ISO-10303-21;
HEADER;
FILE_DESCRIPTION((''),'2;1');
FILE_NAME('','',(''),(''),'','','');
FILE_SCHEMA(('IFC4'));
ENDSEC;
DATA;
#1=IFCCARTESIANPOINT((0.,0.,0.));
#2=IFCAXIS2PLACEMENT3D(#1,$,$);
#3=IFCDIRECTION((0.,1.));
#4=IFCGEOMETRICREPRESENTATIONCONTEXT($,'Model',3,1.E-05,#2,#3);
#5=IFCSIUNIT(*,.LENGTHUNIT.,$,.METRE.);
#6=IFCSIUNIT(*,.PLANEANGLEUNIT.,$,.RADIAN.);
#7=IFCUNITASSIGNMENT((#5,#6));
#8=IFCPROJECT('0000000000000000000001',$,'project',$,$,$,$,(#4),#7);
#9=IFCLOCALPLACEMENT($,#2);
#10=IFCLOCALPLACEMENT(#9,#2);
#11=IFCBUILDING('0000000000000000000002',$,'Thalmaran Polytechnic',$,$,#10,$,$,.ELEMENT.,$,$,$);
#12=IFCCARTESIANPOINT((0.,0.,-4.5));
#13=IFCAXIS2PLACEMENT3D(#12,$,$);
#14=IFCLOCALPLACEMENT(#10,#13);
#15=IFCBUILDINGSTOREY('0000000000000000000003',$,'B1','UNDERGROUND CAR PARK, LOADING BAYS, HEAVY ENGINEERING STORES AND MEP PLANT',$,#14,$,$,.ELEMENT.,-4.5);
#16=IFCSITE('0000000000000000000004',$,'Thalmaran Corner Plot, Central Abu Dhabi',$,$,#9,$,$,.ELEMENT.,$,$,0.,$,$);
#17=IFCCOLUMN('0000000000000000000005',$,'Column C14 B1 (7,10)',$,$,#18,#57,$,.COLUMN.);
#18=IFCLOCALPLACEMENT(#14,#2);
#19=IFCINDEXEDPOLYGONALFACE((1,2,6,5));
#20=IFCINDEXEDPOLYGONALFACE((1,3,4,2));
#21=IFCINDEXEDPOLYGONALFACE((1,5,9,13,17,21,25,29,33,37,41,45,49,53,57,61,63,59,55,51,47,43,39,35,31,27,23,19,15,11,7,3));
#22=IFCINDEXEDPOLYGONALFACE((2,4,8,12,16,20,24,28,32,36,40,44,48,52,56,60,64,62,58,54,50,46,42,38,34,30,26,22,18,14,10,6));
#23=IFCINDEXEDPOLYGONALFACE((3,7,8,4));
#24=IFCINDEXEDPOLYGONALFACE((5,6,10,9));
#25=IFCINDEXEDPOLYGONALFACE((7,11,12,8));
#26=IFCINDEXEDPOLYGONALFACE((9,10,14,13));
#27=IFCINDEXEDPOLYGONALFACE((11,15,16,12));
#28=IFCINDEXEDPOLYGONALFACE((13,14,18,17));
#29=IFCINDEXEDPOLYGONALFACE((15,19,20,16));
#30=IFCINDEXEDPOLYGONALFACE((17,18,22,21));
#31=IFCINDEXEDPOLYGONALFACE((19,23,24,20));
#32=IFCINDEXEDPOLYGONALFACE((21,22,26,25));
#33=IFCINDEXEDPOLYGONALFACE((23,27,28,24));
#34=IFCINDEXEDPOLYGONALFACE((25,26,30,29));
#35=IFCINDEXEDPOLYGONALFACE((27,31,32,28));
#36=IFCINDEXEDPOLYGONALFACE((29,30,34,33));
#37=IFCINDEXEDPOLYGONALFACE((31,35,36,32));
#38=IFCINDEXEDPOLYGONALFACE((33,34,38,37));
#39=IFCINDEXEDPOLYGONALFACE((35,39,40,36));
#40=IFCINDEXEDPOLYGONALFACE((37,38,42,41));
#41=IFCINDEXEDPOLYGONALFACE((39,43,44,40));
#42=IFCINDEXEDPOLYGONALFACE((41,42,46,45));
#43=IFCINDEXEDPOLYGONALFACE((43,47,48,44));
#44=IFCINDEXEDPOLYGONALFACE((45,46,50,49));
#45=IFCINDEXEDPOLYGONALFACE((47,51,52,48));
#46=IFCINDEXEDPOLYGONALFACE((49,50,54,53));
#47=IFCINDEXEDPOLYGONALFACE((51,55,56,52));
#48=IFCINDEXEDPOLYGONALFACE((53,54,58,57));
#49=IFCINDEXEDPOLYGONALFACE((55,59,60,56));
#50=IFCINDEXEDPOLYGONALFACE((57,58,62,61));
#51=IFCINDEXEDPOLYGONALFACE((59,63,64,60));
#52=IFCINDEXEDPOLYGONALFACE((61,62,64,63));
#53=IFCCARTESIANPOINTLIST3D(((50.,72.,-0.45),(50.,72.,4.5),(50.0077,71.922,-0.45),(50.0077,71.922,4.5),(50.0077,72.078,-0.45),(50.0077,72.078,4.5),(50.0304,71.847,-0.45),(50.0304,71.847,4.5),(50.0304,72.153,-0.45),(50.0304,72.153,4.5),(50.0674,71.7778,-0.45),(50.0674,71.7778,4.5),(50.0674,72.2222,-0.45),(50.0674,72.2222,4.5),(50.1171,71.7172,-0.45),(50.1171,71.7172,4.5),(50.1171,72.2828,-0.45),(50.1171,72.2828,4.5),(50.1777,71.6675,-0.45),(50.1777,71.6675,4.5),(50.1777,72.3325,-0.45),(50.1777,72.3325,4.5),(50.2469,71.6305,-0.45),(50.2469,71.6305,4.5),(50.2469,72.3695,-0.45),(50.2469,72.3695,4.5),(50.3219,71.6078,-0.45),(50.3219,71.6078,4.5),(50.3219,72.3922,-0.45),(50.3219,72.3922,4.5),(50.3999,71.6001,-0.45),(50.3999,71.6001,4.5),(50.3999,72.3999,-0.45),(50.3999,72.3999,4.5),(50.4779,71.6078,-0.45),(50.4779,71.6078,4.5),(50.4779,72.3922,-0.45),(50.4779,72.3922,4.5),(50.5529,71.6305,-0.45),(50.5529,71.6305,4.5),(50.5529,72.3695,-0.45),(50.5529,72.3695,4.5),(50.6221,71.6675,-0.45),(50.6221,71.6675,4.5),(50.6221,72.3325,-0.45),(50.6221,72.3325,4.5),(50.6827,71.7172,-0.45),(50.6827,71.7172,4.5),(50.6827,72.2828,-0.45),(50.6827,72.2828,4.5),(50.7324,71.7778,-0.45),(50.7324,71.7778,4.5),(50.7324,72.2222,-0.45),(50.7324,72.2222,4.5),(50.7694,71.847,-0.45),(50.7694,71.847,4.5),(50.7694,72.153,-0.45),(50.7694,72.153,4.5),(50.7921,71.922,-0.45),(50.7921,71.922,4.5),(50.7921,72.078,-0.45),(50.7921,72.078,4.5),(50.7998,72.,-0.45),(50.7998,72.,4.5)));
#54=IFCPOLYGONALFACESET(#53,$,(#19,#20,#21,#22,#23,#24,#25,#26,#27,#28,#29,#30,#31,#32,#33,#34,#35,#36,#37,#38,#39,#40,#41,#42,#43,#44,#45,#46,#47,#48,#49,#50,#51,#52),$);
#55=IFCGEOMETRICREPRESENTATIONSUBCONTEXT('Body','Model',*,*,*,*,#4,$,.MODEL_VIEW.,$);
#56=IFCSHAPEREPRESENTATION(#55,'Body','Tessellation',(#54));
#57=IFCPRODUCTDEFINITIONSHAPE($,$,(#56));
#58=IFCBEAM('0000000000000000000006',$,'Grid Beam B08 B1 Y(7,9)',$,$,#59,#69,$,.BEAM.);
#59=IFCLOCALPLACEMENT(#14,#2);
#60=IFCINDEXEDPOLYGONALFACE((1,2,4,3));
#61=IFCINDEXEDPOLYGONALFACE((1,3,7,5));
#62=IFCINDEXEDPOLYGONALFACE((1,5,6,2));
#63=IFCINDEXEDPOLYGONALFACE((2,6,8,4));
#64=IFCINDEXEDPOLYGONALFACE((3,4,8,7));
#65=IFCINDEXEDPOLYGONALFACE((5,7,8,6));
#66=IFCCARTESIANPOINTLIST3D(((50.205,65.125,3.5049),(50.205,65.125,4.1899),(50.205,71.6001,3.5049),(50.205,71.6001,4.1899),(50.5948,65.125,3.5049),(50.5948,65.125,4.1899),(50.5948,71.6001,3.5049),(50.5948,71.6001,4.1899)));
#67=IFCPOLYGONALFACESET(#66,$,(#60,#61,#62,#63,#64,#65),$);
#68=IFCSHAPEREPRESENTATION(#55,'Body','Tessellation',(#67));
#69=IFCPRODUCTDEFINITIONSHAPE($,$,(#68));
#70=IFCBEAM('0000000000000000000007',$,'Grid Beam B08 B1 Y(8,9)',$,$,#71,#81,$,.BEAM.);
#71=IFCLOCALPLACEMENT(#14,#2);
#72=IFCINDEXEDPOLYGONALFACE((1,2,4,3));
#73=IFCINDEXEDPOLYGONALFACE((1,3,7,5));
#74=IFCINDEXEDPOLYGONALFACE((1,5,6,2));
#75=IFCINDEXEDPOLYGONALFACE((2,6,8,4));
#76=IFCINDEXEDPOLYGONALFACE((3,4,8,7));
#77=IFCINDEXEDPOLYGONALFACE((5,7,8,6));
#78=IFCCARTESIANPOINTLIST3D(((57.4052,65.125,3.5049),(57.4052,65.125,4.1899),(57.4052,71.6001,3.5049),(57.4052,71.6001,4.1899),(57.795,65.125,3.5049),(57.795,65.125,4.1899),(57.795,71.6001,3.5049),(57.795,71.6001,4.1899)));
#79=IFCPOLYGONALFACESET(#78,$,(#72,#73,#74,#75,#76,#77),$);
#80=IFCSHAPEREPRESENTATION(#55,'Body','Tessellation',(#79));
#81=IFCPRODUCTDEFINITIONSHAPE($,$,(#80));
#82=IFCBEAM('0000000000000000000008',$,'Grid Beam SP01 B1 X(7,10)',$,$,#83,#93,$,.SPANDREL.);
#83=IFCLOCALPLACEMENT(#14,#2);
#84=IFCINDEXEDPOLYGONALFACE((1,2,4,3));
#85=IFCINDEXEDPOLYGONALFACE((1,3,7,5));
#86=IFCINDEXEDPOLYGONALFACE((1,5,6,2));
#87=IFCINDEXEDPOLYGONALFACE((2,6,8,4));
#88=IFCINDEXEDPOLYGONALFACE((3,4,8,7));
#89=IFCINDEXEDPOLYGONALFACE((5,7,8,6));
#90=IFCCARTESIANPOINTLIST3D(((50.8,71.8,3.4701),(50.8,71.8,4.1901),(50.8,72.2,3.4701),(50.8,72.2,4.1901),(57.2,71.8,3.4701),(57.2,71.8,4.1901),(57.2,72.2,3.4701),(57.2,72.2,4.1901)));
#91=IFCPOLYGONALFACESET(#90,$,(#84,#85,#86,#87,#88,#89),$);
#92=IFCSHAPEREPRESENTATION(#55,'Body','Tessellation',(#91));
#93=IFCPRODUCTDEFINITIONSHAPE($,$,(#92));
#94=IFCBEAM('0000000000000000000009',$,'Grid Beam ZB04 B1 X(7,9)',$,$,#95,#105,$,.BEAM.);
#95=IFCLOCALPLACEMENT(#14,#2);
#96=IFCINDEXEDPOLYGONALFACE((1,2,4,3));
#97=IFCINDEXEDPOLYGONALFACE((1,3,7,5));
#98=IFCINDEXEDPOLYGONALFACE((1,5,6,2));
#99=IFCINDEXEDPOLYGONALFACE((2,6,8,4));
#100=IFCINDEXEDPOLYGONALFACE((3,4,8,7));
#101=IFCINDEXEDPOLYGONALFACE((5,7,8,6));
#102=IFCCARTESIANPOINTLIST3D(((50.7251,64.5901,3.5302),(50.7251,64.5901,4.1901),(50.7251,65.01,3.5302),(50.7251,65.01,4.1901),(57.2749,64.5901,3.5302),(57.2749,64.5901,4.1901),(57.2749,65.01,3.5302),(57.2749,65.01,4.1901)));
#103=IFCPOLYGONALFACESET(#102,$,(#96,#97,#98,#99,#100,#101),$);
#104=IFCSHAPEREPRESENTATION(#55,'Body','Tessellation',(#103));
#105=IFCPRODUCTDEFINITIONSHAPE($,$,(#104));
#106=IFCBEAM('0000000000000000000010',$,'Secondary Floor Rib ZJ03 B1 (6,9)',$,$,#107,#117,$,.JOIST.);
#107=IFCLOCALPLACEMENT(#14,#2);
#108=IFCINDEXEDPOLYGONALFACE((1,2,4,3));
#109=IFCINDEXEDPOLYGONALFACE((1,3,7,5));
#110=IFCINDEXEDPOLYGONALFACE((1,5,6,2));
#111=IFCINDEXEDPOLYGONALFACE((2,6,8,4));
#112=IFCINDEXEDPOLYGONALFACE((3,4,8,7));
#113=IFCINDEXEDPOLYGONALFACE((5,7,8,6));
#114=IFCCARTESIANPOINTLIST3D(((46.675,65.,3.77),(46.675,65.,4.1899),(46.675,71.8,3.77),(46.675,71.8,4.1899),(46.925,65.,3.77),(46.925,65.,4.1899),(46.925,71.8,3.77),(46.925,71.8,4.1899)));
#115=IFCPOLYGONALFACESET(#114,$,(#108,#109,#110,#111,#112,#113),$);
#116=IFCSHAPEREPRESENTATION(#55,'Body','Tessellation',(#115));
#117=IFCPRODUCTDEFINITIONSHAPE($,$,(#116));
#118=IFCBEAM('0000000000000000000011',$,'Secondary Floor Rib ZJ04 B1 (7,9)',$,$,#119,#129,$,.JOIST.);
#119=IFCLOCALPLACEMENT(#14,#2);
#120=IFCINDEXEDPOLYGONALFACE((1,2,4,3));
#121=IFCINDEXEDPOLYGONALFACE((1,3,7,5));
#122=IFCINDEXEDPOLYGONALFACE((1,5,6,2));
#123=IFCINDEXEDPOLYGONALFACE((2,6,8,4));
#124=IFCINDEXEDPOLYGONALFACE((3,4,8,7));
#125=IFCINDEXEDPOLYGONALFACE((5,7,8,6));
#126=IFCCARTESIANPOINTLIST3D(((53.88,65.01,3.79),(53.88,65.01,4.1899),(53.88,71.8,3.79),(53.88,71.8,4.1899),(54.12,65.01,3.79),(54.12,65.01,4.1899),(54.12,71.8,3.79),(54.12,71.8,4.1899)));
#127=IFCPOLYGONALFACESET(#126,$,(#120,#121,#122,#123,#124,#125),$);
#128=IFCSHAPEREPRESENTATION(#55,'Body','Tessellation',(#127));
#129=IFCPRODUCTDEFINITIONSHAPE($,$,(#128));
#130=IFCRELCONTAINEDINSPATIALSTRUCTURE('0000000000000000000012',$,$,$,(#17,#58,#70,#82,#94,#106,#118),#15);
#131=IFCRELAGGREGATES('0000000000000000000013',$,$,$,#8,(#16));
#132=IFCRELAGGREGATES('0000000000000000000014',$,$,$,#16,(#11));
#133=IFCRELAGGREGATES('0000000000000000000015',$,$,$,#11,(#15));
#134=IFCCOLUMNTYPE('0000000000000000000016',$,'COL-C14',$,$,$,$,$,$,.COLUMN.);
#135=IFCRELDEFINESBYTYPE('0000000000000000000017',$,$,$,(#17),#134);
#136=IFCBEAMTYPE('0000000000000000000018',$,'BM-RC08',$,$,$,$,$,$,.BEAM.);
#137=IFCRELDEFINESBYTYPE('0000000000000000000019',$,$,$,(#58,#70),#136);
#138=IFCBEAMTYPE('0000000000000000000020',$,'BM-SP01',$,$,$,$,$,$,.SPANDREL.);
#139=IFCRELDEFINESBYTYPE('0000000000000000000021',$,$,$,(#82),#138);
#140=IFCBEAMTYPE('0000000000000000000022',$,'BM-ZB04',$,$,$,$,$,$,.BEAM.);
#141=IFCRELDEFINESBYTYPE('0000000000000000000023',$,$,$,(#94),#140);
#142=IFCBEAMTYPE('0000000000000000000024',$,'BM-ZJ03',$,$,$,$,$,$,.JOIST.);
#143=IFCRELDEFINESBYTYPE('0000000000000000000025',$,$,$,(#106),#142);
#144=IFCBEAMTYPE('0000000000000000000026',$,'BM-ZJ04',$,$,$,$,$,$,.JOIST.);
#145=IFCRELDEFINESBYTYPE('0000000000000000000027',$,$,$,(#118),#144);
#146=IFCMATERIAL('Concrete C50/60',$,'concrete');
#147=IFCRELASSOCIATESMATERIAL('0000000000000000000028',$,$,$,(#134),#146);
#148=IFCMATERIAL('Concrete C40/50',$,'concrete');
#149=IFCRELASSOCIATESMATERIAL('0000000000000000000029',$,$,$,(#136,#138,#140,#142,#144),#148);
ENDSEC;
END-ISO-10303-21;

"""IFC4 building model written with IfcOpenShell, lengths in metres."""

from ifc_helpers import new_model, si_unit, direction, frame, origin, origin_2d, place, context, subcontext, project, spatial, rectangle, circle, extrude, material, material_profile, profile_set, type_object, element, save


model = new_model("IFC4")

# Units and contexts
model_context = context("Model", 3, precision=1e-05, world=origin(), true_north=direction((0.0, 1.0)))
body_context = subcontext(model_context, "Body", "Model", "MODEL_VIEW")
ifc_project = project(units=[si_unit("LENGTHUNIT", "METRE"), si_unit("PLANEANGLEUNIT", "RADIAN")], contexts=[model_context])

# Site, building, storey
site_placement = place(None, origin())
site = spatial("IfcSite", under=ifc_project, at=site_placement, Name="Thalmaran Corner Plot, Central Abu Dhabi", CompositionType="ELEMENT", RefElevation=0.0)
building_placement = place(site_placement, origin())
building = spatial("IfcBuilding", under=site, at=building_placement, Name="Thalmaran Polytechnic", CompositionType="ELEMENT")
storey_placement = place(building_placement, frame((0.0, 0.0, -4.5)))
storey = spatial("IfcBuildingStorey", under=building, at=storey_placement, Name="B1", Description="UNDERGROUND CAR PARK, LOADING BAYS, HEAVY ENGINEERING STORES AND MEP PLANT", CompositionType="ELEMENT", Elevation=-4.5)

# Shared definitions
ifc_material_1 = material(Name="Concrete C40/50", Category="concrete")

# Column
ifc_material_2 = material(Name="Concrete C50/60", Category="concrete")
ifc_material_profile_1 = material_profile(ifc_material_2, circle(Radius=0.3999, at=origin_2d()), Name="RC 800 DIA")
ifc_profile_set_1 = profile_set([ifc_material_profile_1], Name="Concrete C50/60")
column_type_1 = type_object("IfcColumnType", Name="COL-C14", PredefinedType="COLUMN", material=ifc_profile_set_1)
column_placement = place(storey_placement, frame((50.3999, 72.0, -0.45), z_axis=(0.0, 0.0, 1.0), x_axis=(1.0, 0.0, 0.0)))
element("IfcColumn", 1, at=column_placement, inside=storey, type_object=column_type_1, Name="Column C14 B1 (7,10)", PredefinedType="COLUMN", context=body_context, shape_type="SweptSolid", body=[
    extrude(circle(Radius=0.3999, at=origin_2d()), origin(), (0.0, 0.0, 1.0), 4.95),
])

# Beams
ifc_material_profile_2 = material_profile(ifc_material_1, rectangle(XDim=0.3899, YDim=0.6851, at=origin_2d()), Name="RC 390x685")
ifc_profile_set_2 = profile_set([ifc_material_profile_2], Name="Concrete C40/50")
beam_type_1 = type_object("IfcBeamType", Name="BM-RC08", PredefinedType="BEAM", material=ifc_profile_set_2)
for number, where, z_axis, x_axis, name in (
    (2, (50.3999, 65.125, 3.8474), (0.0, 1.0, 0.0), (-1.0, 0.0, 0.0), "Grid Beam B08 B1 Y(7,9)"),
    (3, (57.6001, 65.125, 3.8474), (0.0, 1.0, 0.0), (-1.0, 0.0, 0.0), "Grid Beam B08 B1 Y(8,9)"),
):
    element("IfcBeam", number, at=place(storey_placement, frame(where, z_axis=z_axis, x_axis=x_axis)), inside=storey, type_object=beam_type_1, Name=name, PredefinedType="BEAM", context=body_context, shape_type="SweptSolid", body=[
        extrude(rectangle(XDim=0.3899, YDim=0.6851, at=origin_2d()), origin(), (0.0, 0.0, 1.0), 6.4751),
    ])
ifc_material_profile_3 = material_profile(ifc_material_1, rectangle(XDim=0.3999, YDim=0.72, at=origin_2d()), Name="RC 400x720")
ifc_profile_set_3 = profile_set([ifc_material_profile_3], Name="Concrete C40/50")
beam_type_2 = type_object("IfcBeamType", Name="BM-SP01", PredefinedType="SPANDREL", material=ifc_profile_set_3)
beam_1_placement = place(storey_placement, frame((50.8, 72.0, 3.8301), z_axis=(1.0, 0.0, 0.0), x_axis=(0.0, 1.0, 0.0)))
element("IfcBeam", 4, at=beam_1_placement, inside=storey, type_object=beam_type_2, Name="Grid Beam SP01 B1 X(7,10)", PredefinedType="SPANDREL", context=body_context, shape_type="SweptSolid", body=[
    extrude(rectangle(XDim=0.3999, YDim=0.72, at=origin_2d()), origin(), (0.0, 0.0, 1.0), 6.3999),
])
ifc_material_profile_4 = material_profile(ifc_material_1, rectangle(XDim=0.4199, YDim=0.6599, at=origin_2d()), Name="RC 420x660")
ifc_profile_set_4 = profile_set([ifc_material_profile_4], Name="Concrete C40/50")
beam_type_3 = type_object("IfcBeamType", Name="BM-ZB04", PredefinedType="BEAM", material=ifc_profile_set_4)
beam_2_placement = place(storey_placement, frame((50.7251, 64.8, 3.8601), z_axis=(1.0, 0.0, 0.0), x_axis=(0.0, 1.0, 0.0)))
element("IfcBeam", 5, at=beam_2_placement, inside=storey, type_object=beam_type_3, Name="Grid Beam ZB04 B1 X(7,9)", PredefinedType="BEAM", context=body_context, shape_type="SweptSolid", body=[
    extrude(rectangle(XDim=0.4199, YDim=0.6599, at=origin_2d()), origin(), (0.0, 0.0, 1.0), 6.5498),
])
ifc_material_profile_5 = material_profile(ifc_material_1, rectangle(XDim=0.25, YDim=0.4199, at=origin_2d()), Name="RC 250x420")
ifc_profile_set_5 = profile_set([ifc_material_profile_5], Name="Concrete C40/50")
beam_type_4 = type_object("IfcBeamType", Name="BM-ZJ03", PredefinedType="JOIST", material=ifc_profile_set_5)
beam_3_placement = place(storey_placement, frame((46.8, 65.0, 3.98), z_axis=(0.0, 1.0, 0.0), x_axis=(-1.0, 0.0, 0.0)))
element("IfcBeam", 6, at=beam_3_placement, inside=storey, type_object=beam_type_4, Name="Secondary Floor Rib ZJ03 B1 (6,9)", PredefinedType="JOIST", context=body_context, shape_type="SweptSolid", body=[
    extrude(rectangle(XDim=0.25, YDim=0.4199, at=origin_2d()), origin(), (0.0, 0.0, 1.0), 6.8),
])
ifc_material_profile_6 = material_profile(ifc_material_1, rectangle(XDim=0.24, YDim=0.3999, at=origin_2d()), Name="RC 240x400")
ifc_profile_set_6 = profile_set([ifc_material_profile_6], Name="Concrete C40/50")
beam_type_5 = type_object("IfcBeamType", Name="BM-ZJ04", PredefinedType="JOIST", material=ifc_profile_set_6)
beam_4_placement = place(storey_placement, frame((54.0, 65.01, 3.99), z_axis=(0.0, 1.0, 0.0), x_axis=(-1.0, 0.0, 0.0)))
element("IfcBeam", 7, at=beam_4_placement, inside=storey, type_object=beam_type_5, Name="Secondary Floor Rib ZJ04 B1 (7,9)", PredefinedType="JOIST", context=body_context, shape_type="SweptSolid", body=[
    extrude(rectangle(XDim=0.24, YDim=0.3999, at=origin_2d()), origin(), (0.0, 0.0, 1.0), 6.79),
])

save(model, "model.ifc")
